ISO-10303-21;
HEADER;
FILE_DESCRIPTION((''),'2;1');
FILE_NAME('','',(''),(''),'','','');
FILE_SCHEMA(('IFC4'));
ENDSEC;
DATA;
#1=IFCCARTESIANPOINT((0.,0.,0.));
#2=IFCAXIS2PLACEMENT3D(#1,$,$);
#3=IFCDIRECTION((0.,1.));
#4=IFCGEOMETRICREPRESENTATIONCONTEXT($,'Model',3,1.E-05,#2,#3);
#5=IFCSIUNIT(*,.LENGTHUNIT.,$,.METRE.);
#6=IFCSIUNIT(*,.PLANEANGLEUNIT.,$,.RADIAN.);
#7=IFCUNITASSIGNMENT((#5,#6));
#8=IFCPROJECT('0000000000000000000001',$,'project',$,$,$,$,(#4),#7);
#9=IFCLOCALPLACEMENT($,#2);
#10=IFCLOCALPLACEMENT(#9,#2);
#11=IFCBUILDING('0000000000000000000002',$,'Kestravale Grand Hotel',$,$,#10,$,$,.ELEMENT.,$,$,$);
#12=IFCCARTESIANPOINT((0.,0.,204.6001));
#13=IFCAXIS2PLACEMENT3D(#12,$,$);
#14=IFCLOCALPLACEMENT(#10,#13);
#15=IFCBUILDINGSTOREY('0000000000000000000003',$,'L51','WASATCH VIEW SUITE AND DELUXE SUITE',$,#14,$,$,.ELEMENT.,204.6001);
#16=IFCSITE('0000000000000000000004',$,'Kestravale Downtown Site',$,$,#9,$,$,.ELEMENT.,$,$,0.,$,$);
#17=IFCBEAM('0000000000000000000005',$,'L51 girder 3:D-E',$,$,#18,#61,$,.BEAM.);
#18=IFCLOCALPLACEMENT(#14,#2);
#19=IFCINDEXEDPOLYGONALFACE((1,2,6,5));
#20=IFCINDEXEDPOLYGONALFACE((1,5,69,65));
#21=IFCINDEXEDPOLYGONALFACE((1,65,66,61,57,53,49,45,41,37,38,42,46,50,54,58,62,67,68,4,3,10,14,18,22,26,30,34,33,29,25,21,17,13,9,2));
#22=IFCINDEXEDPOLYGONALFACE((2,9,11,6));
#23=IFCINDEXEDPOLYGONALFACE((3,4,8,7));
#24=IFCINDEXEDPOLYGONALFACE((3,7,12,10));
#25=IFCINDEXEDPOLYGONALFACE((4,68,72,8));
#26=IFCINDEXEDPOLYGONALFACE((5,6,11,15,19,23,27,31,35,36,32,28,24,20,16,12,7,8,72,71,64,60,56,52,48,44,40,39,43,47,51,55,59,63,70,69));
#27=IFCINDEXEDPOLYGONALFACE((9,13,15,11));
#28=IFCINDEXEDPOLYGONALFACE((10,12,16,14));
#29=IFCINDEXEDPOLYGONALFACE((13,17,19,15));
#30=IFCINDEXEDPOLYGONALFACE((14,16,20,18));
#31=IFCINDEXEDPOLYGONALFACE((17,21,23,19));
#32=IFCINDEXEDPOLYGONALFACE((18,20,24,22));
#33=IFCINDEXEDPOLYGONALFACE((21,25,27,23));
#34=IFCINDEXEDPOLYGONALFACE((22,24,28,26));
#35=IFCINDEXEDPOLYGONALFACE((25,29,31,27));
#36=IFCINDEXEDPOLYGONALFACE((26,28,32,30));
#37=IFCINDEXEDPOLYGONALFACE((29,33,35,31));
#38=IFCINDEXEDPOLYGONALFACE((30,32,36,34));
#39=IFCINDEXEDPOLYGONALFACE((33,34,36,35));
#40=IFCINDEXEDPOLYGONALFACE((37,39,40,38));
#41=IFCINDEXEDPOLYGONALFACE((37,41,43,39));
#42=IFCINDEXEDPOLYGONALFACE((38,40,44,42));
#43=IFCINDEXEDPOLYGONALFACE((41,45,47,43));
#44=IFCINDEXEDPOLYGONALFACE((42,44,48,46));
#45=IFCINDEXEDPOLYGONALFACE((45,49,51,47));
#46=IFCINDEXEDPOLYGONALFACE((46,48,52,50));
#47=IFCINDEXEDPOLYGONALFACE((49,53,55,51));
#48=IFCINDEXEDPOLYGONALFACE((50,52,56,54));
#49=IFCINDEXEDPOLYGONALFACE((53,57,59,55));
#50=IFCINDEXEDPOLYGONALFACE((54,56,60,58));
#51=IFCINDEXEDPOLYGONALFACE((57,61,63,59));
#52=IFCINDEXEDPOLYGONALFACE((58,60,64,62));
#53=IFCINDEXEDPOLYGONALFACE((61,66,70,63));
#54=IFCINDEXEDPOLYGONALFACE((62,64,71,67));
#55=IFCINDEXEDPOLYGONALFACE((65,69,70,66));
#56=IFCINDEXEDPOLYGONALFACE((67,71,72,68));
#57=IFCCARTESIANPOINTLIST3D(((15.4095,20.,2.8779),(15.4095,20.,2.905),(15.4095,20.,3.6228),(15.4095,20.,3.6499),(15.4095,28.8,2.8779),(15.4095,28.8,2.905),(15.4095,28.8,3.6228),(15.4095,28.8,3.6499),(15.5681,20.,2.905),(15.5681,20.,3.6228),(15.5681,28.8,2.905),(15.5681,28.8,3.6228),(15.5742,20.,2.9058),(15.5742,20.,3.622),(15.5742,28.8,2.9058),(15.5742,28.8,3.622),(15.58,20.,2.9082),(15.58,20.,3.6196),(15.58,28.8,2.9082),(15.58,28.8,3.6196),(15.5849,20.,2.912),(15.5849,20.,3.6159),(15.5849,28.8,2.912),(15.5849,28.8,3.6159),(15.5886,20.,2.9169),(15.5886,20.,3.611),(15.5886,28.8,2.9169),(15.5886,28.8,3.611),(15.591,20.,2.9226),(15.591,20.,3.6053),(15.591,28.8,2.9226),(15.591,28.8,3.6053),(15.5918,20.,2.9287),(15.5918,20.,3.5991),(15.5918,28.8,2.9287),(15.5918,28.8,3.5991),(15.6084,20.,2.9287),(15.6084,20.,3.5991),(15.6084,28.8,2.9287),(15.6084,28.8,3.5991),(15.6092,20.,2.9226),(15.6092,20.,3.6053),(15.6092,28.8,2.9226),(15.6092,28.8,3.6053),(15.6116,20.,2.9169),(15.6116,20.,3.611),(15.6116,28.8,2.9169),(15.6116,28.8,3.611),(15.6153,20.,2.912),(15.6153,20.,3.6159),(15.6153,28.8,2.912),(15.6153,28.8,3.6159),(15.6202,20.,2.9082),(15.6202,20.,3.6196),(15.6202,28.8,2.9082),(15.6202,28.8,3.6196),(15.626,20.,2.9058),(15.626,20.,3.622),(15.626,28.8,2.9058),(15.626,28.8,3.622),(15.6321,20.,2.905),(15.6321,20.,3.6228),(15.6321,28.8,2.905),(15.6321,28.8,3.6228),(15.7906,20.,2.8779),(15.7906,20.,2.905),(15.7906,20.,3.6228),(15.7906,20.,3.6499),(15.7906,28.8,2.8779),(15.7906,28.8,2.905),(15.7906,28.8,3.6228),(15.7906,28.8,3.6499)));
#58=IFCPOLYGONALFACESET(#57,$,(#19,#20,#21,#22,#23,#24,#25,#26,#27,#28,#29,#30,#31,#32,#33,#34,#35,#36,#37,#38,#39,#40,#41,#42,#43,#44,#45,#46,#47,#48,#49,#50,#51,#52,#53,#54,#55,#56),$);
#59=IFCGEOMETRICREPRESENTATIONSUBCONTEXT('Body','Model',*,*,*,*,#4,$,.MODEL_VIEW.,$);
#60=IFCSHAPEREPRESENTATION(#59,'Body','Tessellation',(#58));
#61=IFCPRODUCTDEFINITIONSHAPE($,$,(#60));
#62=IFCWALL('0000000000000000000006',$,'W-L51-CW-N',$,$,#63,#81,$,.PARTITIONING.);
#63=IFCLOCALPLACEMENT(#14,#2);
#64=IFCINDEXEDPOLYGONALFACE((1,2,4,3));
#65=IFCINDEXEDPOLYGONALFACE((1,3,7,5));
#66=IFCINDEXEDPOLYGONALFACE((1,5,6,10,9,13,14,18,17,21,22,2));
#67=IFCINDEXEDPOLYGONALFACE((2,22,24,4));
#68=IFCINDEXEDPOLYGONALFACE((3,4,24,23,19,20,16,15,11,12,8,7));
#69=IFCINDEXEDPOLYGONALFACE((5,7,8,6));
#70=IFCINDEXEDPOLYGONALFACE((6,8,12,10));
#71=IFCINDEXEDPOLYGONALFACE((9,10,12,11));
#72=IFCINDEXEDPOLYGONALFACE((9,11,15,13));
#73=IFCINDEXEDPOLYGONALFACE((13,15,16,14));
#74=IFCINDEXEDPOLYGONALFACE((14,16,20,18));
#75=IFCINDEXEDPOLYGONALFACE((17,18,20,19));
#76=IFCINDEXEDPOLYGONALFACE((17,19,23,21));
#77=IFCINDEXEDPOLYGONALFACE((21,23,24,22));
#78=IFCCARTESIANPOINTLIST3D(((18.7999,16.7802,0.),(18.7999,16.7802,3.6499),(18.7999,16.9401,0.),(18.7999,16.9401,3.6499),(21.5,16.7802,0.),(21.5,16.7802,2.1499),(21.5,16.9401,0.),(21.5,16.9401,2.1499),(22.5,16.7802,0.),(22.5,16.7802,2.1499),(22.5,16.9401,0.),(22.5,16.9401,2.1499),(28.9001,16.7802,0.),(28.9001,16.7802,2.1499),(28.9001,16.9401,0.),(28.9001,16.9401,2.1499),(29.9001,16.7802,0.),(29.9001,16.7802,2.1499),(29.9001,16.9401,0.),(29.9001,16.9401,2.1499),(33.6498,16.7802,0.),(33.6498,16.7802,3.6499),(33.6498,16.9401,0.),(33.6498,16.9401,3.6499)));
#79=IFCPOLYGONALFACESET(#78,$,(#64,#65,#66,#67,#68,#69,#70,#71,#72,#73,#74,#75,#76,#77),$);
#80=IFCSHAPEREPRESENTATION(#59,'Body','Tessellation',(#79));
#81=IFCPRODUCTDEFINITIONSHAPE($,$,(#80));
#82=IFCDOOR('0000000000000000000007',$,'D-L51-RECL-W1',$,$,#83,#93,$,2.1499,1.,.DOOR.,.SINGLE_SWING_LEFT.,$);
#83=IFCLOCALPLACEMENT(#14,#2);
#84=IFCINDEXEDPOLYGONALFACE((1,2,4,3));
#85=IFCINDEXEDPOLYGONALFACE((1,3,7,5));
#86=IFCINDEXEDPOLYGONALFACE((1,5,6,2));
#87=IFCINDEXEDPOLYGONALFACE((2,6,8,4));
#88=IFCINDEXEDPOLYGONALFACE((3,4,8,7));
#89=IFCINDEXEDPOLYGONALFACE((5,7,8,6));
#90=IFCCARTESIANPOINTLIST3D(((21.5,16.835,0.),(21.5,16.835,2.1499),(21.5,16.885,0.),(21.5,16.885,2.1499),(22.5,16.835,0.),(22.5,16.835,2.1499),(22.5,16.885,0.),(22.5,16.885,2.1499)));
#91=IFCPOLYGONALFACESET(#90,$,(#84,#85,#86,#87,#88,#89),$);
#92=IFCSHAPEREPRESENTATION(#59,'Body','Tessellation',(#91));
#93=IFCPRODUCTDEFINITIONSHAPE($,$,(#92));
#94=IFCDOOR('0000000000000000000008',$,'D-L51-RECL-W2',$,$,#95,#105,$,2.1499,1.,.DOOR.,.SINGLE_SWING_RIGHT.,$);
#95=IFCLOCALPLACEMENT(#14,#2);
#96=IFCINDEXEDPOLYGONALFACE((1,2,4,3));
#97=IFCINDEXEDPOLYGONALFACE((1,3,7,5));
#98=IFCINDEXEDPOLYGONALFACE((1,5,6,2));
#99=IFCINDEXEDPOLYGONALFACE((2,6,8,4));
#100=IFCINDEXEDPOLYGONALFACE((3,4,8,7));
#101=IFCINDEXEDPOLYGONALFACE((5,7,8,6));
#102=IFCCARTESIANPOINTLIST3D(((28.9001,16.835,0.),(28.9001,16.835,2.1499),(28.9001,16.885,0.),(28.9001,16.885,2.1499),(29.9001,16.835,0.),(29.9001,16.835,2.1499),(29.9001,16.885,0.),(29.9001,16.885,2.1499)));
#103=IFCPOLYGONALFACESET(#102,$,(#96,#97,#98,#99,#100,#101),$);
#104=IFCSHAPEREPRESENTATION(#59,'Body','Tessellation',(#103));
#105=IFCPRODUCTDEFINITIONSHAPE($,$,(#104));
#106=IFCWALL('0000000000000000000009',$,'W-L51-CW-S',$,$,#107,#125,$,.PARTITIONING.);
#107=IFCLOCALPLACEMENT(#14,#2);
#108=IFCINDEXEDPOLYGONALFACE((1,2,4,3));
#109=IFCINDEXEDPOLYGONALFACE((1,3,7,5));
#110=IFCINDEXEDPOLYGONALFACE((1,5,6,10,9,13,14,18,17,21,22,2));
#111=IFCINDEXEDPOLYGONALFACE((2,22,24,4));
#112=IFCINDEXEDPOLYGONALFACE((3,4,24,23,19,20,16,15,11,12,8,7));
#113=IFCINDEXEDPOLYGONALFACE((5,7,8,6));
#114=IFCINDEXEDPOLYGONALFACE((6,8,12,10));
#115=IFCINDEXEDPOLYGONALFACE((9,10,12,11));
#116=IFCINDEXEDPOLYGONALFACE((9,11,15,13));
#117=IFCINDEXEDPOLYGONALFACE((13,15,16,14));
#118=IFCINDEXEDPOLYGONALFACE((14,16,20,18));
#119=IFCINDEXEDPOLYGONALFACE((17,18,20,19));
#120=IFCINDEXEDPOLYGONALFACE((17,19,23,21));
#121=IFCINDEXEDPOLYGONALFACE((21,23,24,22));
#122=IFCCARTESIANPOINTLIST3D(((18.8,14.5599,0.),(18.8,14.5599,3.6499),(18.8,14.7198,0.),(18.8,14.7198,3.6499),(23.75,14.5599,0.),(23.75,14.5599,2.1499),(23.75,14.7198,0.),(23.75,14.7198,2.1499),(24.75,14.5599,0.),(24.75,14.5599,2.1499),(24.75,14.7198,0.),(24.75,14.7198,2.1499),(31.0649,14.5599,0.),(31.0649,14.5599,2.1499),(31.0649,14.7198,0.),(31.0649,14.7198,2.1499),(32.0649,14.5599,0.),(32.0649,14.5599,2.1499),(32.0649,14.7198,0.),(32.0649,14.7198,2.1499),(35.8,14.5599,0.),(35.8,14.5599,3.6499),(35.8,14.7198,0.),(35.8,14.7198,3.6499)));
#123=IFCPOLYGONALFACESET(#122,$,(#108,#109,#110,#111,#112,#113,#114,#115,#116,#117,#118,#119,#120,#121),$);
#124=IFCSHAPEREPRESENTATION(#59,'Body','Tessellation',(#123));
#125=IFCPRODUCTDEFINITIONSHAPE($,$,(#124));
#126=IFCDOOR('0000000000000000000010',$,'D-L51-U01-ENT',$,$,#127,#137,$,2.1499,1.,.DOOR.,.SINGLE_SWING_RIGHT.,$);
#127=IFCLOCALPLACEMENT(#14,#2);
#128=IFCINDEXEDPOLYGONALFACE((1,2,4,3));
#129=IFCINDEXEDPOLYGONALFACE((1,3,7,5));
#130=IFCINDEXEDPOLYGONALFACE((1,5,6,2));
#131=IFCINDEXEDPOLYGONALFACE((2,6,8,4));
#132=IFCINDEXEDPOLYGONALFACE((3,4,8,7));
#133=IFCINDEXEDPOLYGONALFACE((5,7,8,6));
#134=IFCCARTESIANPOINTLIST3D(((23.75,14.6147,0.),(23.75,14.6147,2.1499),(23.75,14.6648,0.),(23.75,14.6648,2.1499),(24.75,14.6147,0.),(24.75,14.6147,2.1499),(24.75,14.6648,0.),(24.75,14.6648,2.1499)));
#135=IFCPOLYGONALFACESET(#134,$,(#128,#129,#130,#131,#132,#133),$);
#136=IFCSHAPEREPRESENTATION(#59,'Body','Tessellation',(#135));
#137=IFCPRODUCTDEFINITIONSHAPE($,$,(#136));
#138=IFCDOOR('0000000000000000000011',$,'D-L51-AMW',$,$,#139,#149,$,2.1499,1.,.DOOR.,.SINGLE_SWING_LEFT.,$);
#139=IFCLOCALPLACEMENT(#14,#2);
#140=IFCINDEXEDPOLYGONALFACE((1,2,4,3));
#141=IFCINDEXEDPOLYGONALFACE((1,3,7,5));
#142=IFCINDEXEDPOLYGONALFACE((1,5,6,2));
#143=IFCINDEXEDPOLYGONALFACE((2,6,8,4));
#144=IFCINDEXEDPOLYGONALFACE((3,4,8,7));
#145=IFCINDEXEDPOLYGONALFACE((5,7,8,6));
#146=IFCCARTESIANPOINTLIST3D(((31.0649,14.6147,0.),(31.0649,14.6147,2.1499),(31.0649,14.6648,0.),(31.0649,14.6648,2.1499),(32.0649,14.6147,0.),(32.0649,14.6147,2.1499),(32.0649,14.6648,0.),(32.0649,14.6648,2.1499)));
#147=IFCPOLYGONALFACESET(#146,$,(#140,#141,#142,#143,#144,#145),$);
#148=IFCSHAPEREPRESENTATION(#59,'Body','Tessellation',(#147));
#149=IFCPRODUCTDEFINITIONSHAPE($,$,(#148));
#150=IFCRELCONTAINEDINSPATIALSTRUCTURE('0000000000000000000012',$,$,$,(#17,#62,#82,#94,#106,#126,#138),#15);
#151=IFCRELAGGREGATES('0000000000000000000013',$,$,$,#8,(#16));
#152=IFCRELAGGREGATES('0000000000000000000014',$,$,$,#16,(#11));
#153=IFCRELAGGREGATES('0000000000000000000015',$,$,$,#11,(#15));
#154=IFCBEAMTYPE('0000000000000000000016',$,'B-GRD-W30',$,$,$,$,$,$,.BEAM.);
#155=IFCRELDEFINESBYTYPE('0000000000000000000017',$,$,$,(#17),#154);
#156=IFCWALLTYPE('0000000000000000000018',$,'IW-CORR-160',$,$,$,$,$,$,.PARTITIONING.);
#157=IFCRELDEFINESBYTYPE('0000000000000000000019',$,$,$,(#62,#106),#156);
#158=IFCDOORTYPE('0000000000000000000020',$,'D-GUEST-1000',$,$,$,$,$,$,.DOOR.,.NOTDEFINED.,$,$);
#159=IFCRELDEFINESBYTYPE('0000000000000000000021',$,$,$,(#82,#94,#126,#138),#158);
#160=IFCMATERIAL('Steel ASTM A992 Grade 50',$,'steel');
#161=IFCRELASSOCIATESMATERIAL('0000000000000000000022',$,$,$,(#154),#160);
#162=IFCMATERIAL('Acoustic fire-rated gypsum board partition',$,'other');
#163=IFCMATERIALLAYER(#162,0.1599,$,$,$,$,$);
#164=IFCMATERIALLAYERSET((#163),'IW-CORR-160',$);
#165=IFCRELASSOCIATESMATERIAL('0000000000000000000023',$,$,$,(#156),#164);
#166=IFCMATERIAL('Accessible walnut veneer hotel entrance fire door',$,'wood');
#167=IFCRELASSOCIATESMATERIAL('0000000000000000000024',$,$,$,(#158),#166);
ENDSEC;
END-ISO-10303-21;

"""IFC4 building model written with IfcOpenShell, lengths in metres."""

from ifc_helpers import new_model, si_unit, direction, frame, frame_2d, origin, origin_2d, place, context, subcontext, project, spatial, rectangle, i_section, extrude, material, layer, layer_set, material_profile, profile_set, type_object, element, fill, save


model = new_model("IFC4")

# Units and contexts
model_context = context("Model", 3, precision=1e-05, world=origin(), true_north=direction((0.0, 1.0)))
body_context = subcontext(model_context, "Body", "Model", "MODEL_VIEW")
ifc_project = project(units=[si_unit("LENGTHUNIT", "METRE"), si_unit("PLANEANGLEUNIT", "RADIAN")], contexts=[model_context])

# Site, building, storey
site_placement = place(None, origin())
site = spatial("IfcSite", under=ifc_project, at=site_placement, Name="Kestravale Downtown Site", CompositionType="ELEMENT", RefElevation=0.0)
building_placement = place(site_placement, origin())
building = spatial("IfcBuilding", under=site, at=building_placement, Name="Kestravale Grand Hotel", CompositionType="ELEMENT")
storey_placement = place(building_placement, frame((0.0, 0.0, 204.6001)))
storey = spatial("IfcBuildingStorey", under=building, at=storey_placement, Name="L51", Description="WASATCH VIEW SUITE AND DELUXE SUITE", CompositionType="ELEMENT", Elevation=204.6001)

# Beam
ifc_material_1 = material(Name="Steel ASTM A992 Grade 50", Category="steel")
ifc_material_profile_1 = material_profile(ifc_material_1, i_section(OverallWidth=0.3811, OverallDepth=0.772, WebThickness=0.0166, FlangeThickness=0.0271, FilletRadius=0.0237, at=origin_2d()))
ifc_profile_set_1 = profile_set([ifc_material_profile_1], Name="Steel ASTM A992 Grade 50")
beam_type_1 = type_object("IfcBeamType", Name="B-GRD-W30", PredefinedType="BEAM", material=ifc_profile_set_1)
for number, where, z_axis, x_axis, name in (
    (1, (15.6001, 20.0, 3.2639), (0.0, 1.0, 0.0), (-1.0, 0.0, 0.0), "L51 girder 3:D-E"),
):
    element("IfcBeam", number, at=place(storey_placement, frame(where, z_axis=z_axis, x_axis=x_axis)), inside=storey, type_object=beam_type_1, Name=name, PredefinedType="BEAM", context=body_context, shape_type="SweptSolid", body=[
        extrude(i_section(OverallWidth=0.3811, OverallDepth=0.772, WebThickness=0.0166, FlangeThickness=0.0271, FilletRadius=0.0237, at=origin_2d()), origin(), (0.0, 0.0, 1.0), 8.8),
    ])

# Walls, openings, doors
ifc_material_2 = material(Name="Acoustic fire-rated gypsum board partition", Category="other")
ifc_layer_1 = layer(ifc_material_2, 0.1599)
ifc_layer_set_1 = layer_set([ifc_layer_1], Name="IW-CORR-160")
wall_type_1 = type_object("IfcWallType", Name="IW-CORR-160", PredefinedType="PARTITIONING", material=ifc_layer_set_1)
wall_1_placement = place(storey_placement, frame((18.8, 16.8601, 0.0), z_axis=(0.0, 0.0, 1.0), x_axis=(1.0, 0.0, 0.0)))
wall_1 = element("IfcWall", 2, at=wall_1_placement, inside=storey, type_object=wall_type_1, Name="W-L51-CW-N", PredefinedType="PARTITIONING", context=body_context, shape_type="SweptSolid", body=[
    extrude(rectangle(XDim=14.8499, YDim=0.1599, at=frame_2d((7.4248, 0.0))), origin(), (0.0, 0.0, 1.0), 3.6499),
])
opening_1_placement = place(wall_1_placement, frame((2.7, 0.0, 0.0)))
opening_1 = element("IfcOpeningElement", 3, at=opening_1_placement, cuts=wall_1, PredefinedType="OPENING", context=body_context, shape_type="SweptSolid", body=[
    extrude(rectangle(XDim=1.0, YDim=2.1499, at=frame_2d((0.5, 1.075))), frame((0.0, 0.0898, 0.0), z_axis=(0.0, -1.0, 0.0), x_axis=(1.0, 0.0, 0.0)), (0.0, 0.0, 1.0), 0.1799),
])
opening_2_placement = place(wall_1_placement, frame((10.1001, 0.0, 0.0)))
opening_2 = element("IfcOpeningElement", 4, at=opening_2_placement, cuts=wall_1, PredefinedType="OPENING", context=body_context, shape_type="SweptSolid", body=[
    extrude(rectangle(XDim=1.0, YDim=2.1499, at=frame_2d((0.5, 1.075))), frame((0.0, 0.0898, 0.0), z_axis=(0.0, -1.0, 0.0), x_axis=(1.0, 0.0, 0.0)), (0.0, 0.0, 1.0), 0.1799),
])
ifc_material_3 = material(Name="Accessible walnut veneer hotel entrance fire door", Category="wood")
door_type_1 = type_object("IfcDoorType", Name="D-GUEST-1000", OperationType="NOTDEFINED", PredefinedType="DOOR", material=ifc_material_3)
door_1_placement = place(opening_1_placement, origin())
door_1 = element("IfcDoor", 5, at=door_1_placement, inside=storey, type_object=door_type_1, Name="D-L51-RECL-W1", OperationType="SINGLE_SWING_LEFT", OverallHeight=2.1499, OverallWidth=1.0, PredefinedType="DOOR", context=body_context, shape_type="SweptSolid", body=[
    extrude(rectangle(XDim=1.0, YDim=2.1499, at=frame_2d((0.5, 1.075))), frame((0.0, 0.0249, 0.0), z_axis=(0.0, -1.0, 0.0), x_axis=(1.0, 0.0, 0.0)), (0.0, 0.0, 1.0), 0.05),
])
fill(opening_1, door_1)
door_2_placement = place(opening_2_placement, origin())
door_2 = element("IfcDoor", 6, at=door_2_placement, inside=storey, type_object=door_type_1, Name="D-L51-RECL-W2", OperationType="SINGLE_SWING_RIGHT", OverallHeight=2.1499, OverallWidth=1.0, PredefinedType="DOOR", context=body_context, shape_type="SweptSolid", body=[
    extrude(rectangle(XDim=1.0, YDim=2.1499, at=frame_2d((0.5, 1.075))), frame((0.0, 0.0249, 0.0), z_axis=(0.0, -1.0, 0.0), x_axis=(1.0, 0.0, 0.0)), (0.0, 0.0, 1.0), 0.05),
])
fill(opening_2, door_2)
wall_2_placement = place(storey_placement, frame((18.8, 14.6399, 0.0), z_axis=(0.0, 0.0, 1.0), x_axis=(1.0, 0.0, 0.0)))
wall_2 = element("IfcWall", 7, at=wall_2_placement, inside=storey, type_object=wall_type_1, Name="W-L51-CW-S", PredefinedType="PARTITIONING", context=body_context, shape_type="SweptSolid", body=[
    extrude(rectangle(XDim=17.0, YDim=0.1599, at=frame_2d((8.5, 0.0))), origin(), (0.0, 0.0, 1.0), 3.6499),
])
opening_3_placement = place(wall_2_placement, frame((4.95, 0.0, 0.0)))
opening_3 = element("IfcOpeningElement", 8, at=opening_3_placement, cuts=wall_2, PredefinedType="OPENING", context=body_context, shape_type="SweptSolid", body=[
    extrude(rectangle(XDim=1.0, YDim=2.1499, at=frame_2d((0.5, 1.075))), frame((0.0, 0.0898, 0.0), z_axis=(0.0, -1.0, 0.0), x_axis=(1.0, 0.0, 0.0)), (0.0, 0.0, 1.0), 0.1799),
])
opening_4_placement = place(wall_2_placement, frame((12.2649, 0.0, 0.0)))
opening_4 = element("IfcOpeningElement", 9, at=opening_4_placement, cuts=wall_2, PredefinedType="OPENING", context=body_context, shape_type="SweptSolid", body=[
    extrude(rectangle(XDim=1.0, YDim=2.1499, at=frame_2d((0.5, 1.075))), frame((0.0, 0.0898, 0.0), z_axis=(0.0, -1.0, 0.0), x_axis=(1.0, 0.0, 0.0)), (0.0, 0.0, 1.0), 0.1799),
])
door_3_placement = place(opening_3_placement, origin())
door_3 = element("IfcDoor", 10, at=door_3_placement, inside=storey, type_object=door_type_1, Name="D-L51-U01-ENT", OperationType="SINGLE_SWING_RIGHT", OverallHeight=2.1499, OverallWidth=1.0, PredefinedType="DOOR", context=body_context, shape_type="SweptSolid", body=[
    extrude(rectangle(XDim=1.0, YDim=2.1499, at=frame_2d((0.5, 1.075))), frame((0.0, 0.0249, 0.0), z_axis=(0.0, -1.0, 0.0), x_axis=(1.0, 0.0, 0.0)), (0.0, 0.0, 1.0), 0.05),
])
fill(opening_3, door_3)
door_4_placement = place(opening_4_placement, origin())
door_4 = element("IfcDoor", 11, at=door_4_placement, inside=storey, type_object=door_type_1, Name="D-L51-AMW", OperationType="SINGLE_SWING_LEFT", OverallHeight=2.1499, OverallWidth=1.0, PredefinedType="DOOR", context=body_context, shape_type="SweptSolid", body=[
    extrude(rectangle(XDim=1.0, YDim=2.1499, at=frame_2d((0.5, 1.075))), frame((0.0, 0.0249, 0.0), z_axis=(0.0, -1.0, 0.0), x_axis=(1.0, 0.0, 0.0)), (0.0, 0.0, 1.0), 0.05),
])
fill(opening_4, door_4)

save(model, "model.ifc")
